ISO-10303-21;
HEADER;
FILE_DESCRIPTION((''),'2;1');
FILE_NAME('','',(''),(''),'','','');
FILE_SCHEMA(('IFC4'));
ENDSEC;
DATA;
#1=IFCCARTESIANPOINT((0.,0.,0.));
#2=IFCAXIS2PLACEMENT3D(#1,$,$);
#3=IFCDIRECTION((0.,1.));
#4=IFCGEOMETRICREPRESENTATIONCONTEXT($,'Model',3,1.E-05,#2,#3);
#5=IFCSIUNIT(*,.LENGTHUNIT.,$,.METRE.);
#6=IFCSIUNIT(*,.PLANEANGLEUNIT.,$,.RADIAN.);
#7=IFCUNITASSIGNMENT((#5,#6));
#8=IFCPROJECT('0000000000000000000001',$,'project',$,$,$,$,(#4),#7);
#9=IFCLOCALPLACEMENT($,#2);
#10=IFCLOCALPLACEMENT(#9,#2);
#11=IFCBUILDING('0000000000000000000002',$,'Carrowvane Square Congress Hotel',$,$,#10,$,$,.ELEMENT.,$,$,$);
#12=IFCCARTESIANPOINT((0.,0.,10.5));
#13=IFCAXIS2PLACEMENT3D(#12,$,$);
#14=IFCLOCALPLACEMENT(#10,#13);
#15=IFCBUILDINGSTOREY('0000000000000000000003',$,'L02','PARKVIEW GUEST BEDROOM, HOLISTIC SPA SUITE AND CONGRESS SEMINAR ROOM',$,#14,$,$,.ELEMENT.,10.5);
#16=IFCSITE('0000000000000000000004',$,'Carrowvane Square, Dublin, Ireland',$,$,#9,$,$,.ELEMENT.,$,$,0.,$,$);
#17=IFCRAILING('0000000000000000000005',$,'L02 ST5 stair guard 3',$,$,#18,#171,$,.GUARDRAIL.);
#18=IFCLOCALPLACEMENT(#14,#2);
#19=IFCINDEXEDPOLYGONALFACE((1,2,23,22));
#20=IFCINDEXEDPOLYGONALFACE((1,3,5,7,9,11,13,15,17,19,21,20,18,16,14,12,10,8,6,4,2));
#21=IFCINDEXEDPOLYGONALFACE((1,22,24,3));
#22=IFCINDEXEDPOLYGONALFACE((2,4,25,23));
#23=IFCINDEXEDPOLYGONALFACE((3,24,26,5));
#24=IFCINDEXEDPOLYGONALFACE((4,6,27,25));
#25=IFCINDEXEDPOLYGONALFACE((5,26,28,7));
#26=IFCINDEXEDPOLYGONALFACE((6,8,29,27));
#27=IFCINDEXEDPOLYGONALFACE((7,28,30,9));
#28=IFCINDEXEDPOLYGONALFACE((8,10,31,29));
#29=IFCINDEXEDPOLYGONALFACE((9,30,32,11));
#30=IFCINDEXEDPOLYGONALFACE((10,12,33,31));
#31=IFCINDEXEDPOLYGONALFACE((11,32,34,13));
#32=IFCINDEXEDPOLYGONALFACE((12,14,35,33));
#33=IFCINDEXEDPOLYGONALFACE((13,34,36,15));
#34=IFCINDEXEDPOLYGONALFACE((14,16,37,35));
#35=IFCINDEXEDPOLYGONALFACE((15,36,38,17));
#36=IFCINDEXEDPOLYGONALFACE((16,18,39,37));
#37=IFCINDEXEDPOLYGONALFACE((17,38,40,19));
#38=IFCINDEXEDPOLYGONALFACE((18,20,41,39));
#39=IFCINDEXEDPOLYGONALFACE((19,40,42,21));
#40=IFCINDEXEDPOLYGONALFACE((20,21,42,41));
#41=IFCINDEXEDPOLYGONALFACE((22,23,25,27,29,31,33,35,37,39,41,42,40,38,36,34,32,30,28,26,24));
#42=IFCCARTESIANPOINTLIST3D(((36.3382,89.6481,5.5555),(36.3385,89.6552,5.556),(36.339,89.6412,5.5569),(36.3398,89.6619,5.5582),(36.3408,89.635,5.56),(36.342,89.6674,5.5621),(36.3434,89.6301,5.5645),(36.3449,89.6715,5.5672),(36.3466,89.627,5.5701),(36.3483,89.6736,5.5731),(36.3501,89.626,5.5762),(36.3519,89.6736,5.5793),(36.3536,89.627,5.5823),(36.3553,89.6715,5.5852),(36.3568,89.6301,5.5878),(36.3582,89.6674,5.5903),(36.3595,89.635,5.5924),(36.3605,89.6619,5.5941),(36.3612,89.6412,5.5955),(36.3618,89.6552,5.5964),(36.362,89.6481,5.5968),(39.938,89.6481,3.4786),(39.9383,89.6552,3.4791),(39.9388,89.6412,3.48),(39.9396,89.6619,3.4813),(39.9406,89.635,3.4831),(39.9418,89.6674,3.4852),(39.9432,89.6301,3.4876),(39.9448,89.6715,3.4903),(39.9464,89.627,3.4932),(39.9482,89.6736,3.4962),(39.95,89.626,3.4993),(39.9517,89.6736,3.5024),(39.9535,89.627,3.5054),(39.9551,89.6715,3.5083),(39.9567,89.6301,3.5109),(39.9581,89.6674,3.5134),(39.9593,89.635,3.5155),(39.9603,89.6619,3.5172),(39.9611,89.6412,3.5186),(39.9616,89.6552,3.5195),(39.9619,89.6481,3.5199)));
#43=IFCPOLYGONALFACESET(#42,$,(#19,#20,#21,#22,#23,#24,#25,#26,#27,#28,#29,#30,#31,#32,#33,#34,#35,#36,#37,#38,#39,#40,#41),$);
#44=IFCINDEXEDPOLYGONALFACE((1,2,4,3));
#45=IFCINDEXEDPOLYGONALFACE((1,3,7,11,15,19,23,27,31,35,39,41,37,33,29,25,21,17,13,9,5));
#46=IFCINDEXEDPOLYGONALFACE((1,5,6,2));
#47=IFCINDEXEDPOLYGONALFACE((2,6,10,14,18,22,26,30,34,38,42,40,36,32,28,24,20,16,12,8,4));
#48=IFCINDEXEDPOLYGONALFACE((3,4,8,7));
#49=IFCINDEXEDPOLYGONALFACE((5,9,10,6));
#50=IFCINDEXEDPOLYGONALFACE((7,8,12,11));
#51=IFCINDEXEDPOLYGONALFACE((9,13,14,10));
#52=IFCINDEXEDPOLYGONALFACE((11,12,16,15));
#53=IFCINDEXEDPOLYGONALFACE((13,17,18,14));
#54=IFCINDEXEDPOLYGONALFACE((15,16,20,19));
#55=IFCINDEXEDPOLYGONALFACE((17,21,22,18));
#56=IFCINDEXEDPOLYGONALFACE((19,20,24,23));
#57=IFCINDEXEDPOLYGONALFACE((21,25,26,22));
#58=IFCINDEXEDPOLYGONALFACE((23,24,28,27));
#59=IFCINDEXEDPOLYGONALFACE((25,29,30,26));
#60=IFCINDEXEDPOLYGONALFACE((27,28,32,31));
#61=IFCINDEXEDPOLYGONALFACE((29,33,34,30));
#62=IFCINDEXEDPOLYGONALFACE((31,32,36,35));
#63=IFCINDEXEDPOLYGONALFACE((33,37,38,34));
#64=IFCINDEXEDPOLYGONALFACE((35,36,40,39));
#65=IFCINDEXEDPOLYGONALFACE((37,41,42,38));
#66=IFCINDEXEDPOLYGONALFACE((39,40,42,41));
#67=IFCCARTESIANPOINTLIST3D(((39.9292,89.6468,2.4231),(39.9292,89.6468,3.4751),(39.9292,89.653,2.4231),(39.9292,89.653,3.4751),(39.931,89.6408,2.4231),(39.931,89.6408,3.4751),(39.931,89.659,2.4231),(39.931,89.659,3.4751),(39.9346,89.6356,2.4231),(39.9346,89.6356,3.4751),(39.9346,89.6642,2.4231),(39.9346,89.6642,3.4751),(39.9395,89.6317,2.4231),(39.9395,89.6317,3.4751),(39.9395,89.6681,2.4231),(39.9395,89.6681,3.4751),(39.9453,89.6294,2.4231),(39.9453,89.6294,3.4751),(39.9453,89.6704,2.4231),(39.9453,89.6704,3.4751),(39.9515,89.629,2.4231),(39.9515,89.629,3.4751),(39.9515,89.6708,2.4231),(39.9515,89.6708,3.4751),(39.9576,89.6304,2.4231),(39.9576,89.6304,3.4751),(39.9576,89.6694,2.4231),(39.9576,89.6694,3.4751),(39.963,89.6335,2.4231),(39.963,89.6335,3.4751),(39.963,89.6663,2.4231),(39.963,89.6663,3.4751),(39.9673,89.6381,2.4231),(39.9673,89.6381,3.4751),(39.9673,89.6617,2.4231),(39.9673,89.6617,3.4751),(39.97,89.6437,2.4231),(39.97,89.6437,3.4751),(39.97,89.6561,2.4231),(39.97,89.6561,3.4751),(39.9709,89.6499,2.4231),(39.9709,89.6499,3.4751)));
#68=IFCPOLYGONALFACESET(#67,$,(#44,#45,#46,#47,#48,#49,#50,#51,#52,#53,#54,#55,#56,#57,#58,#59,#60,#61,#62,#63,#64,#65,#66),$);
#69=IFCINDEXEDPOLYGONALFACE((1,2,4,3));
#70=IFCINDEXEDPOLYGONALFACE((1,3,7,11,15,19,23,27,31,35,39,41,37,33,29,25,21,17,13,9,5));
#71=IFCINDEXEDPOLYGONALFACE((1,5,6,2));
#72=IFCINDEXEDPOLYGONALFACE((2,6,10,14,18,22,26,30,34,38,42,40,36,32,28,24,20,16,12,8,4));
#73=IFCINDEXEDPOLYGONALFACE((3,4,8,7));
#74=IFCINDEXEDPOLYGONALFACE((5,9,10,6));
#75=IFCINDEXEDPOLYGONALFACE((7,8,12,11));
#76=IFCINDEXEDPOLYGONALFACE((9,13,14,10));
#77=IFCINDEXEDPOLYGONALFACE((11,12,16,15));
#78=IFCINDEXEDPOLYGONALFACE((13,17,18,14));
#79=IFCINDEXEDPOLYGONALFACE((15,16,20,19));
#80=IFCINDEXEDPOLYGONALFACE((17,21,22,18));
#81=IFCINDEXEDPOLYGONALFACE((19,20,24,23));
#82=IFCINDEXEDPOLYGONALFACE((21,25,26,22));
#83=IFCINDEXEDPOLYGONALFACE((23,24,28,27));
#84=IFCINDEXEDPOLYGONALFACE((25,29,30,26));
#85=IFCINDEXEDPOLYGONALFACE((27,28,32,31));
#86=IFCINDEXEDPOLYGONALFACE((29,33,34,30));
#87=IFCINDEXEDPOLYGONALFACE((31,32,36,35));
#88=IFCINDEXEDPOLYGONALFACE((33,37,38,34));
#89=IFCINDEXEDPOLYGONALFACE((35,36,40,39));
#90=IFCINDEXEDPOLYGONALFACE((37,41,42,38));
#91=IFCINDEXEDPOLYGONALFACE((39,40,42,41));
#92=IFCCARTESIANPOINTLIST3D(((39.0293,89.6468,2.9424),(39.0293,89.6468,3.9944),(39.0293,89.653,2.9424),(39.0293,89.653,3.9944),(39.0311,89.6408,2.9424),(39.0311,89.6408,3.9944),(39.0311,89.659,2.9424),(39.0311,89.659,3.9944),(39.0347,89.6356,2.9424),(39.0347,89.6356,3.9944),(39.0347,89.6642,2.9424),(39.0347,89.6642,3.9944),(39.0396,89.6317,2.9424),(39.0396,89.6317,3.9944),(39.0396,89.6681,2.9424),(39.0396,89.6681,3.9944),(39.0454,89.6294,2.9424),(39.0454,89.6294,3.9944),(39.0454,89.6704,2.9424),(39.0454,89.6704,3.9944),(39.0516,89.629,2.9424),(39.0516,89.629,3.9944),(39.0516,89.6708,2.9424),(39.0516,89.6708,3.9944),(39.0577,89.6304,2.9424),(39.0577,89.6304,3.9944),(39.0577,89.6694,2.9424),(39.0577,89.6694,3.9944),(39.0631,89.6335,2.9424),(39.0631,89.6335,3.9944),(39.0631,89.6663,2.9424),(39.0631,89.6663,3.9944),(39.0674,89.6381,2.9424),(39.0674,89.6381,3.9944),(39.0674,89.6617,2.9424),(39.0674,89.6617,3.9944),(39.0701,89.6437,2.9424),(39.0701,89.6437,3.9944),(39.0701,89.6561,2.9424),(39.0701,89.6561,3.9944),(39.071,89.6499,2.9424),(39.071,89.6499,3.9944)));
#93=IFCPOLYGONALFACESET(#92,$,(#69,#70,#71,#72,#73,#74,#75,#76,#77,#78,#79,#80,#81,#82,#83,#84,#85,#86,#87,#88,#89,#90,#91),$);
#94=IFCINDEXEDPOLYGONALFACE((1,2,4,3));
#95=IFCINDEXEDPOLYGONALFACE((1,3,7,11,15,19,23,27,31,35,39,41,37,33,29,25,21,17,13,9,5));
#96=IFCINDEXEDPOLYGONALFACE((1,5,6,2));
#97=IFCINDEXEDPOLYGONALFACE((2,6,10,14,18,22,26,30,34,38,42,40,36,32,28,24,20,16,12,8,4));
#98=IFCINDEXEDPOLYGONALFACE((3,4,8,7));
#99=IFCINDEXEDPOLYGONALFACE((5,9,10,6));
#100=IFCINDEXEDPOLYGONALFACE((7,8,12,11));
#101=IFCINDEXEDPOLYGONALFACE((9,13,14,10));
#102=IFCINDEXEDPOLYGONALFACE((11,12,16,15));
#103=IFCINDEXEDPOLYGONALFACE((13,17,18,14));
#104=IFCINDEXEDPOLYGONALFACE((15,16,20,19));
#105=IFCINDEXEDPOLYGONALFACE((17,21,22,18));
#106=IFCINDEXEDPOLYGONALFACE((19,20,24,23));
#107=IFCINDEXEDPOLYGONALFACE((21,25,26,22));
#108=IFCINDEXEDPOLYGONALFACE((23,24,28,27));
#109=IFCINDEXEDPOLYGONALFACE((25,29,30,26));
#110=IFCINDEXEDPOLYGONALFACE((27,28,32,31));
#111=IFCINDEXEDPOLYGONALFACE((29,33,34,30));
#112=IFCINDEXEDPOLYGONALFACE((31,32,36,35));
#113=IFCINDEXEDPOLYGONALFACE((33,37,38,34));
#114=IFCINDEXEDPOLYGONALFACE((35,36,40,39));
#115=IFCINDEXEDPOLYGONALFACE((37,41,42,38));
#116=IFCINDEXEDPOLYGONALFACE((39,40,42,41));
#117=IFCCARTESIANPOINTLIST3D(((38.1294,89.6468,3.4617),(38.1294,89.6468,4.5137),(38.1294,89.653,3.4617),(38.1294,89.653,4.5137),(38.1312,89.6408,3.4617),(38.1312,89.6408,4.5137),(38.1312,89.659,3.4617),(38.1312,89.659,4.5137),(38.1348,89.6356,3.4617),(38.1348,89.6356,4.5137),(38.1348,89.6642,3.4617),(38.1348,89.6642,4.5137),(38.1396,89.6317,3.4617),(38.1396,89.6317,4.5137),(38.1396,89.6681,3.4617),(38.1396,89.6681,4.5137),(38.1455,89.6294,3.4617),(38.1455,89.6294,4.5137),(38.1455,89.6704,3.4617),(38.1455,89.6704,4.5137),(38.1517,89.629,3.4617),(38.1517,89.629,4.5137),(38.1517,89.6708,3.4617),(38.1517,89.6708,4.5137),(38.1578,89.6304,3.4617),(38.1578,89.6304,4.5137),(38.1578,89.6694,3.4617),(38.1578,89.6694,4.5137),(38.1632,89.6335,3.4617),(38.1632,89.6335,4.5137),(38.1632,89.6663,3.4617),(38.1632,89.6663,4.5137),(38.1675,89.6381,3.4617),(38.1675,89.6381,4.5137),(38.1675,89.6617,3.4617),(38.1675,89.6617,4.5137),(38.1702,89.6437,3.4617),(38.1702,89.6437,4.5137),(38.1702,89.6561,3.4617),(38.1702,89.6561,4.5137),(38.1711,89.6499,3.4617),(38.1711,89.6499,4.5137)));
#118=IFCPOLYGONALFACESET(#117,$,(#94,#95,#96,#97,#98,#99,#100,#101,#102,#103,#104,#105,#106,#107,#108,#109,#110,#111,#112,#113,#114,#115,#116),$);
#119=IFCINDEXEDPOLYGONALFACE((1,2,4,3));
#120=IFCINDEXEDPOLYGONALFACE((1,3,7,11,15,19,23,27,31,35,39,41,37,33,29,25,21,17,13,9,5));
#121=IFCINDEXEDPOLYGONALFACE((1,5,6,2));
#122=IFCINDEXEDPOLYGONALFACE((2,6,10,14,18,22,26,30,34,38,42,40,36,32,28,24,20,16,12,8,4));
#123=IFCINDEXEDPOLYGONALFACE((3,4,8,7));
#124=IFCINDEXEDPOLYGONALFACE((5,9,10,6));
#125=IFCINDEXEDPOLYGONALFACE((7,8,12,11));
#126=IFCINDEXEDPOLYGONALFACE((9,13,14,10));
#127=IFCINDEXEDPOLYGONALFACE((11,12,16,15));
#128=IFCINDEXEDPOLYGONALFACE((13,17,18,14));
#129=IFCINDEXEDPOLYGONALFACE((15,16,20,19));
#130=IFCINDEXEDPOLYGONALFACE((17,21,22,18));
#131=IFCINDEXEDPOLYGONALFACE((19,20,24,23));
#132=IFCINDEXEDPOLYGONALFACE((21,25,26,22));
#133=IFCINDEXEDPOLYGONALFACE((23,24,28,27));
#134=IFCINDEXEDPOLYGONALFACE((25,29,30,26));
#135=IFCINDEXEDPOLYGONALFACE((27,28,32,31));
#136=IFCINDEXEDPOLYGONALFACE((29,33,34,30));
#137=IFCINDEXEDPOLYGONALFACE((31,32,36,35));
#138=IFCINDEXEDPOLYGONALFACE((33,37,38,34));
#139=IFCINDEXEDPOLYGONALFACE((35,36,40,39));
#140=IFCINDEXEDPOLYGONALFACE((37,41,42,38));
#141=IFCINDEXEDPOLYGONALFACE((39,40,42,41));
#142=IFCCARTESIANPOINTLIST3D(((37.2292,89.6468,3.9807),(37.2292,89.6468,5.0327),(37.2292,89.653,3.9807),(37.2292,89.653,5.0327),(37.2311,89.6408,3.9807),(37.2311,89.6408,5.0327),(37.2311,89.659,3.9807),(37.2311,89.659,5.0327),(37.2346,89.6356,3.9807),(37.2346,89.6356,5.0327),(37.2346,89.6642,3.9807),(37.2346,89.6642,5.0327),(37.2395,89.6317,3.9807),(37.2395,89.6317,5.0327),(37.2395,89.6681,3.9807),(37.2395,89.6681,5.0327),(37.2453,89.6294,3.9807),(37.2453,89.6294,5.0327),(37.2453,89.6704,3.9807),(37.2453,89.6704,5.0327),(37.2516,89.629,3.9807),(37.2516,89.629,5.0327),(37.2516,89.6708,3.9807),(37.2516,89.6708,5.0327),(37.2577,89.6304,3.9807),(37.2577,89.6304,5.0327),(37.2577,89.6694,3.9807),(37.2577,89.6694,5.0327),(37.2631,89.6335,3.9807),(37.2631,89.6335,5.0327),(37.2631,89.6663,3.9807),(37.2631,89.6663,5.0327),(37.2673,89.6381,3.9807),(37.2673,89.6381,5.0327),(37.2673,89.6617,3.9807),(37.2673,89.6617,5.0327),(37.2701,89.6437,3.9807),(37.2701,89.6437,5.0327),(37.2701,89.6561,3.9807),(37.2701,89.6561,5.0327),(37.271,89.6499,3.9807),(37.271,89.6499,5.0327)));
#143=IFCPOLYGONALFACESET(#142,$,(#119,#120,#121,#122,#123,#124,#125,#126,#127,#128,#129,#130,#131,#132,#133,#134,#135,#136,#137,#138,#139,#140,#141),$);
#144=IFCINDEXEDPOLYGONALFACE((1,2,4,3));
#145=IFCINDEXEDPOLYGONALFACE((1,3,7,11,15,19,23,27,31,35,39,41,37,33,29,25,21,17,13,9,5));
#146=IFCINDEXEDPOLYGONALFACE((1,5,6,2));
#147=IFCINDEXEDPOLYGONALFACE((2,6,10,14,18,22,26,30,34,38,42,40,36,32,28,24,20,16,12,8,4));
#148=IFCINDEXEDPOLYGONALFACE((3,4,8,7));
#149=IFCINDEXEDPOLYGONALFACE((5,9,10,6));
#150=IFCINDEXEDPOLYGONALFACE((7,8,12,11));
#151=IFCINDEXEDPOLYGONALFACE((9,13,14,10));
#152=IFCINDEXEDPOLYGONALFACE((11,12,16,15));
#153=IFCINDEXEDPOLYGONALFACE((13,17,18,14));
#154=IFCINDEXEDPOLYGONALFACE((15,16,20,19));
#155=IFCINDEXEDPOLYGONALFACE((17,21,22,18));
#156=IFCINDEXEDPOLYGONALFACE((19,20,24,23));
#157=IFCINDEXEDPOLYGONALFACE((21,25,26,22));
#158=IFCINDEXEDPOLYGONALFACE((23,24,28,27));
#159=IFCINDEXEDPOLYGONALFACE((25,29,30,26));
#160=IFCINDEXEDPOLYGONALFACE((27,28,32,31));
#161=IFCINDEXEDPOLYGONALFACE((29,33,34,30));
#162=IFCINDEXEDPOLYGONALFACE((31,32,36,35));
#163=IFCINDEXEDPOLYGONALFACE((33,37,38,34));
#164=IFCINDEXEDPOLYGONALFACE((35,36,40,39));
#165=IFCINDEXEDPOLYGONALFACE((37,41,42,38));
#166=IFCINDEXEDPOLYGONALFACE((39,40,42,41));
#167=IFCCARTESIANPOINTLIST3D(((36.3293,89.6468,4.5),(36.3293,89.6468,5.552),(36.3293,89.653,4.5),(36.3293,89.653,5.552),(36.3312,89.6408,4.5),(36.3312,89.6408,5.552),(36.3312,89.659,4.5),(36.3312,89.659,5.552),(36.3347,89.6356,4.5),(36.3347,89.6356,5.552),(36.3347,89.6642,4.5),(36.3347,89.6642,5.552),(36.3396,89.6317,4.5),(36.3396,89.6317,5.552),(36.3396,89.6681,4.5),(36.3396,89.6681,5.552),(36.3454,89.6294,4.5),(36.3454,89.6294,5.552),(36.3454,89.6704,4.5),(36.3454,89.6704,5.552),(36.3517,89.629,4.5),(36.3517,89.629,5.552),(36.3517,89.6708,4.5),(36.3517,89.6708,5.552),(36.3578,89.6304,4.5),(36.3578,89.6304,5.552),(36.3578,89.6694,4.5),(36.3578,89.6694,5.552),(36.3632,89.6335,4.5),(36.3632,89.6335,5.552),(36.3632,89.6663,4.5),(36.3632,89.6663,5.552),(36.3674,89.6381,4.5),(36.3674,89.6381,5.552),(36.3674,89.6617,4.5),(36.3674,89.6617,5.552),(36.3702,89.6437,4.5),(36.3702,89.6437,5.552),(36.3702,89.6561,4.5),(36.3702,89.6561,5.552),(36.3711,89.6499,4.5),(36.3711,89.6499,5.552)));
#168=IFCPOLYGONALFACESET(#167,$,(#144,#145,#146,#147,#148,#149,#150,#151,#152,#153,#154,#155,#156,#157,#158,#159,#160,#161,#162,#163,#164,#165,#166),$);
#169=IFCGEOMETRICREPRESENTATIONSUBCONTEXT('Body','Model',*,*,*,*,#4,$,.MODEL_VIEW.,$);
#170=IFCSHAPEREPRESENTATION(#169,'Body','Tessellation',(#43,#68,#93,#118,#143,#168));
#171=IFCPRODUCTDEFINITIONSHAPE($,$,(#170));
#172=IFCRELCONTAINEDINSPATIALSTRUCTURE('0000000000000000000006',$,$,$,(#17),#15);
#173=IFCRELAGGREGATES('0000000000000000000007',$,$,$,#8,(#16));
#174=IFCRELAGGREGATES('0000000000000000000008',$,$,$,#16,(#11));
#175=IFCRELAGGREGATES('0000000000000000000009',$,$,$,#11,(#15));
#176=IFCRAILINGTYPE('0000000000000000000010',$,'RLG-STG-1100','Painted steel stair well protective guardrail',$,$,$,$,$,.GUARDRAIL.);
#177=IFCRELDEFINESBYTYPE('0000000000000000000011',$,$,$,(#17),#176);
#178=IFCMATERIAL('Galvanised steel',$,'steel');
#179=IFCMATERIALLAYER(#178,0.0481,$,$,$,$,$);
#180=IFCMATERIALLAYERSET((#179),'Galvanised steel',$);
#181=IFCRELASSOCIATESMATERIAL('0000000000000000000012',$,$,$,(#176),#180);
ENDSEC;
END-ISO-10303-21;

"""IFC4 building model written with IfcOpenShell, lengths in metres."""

from ifc_helpers import new_model, si_unit, direction, frame, origin, origin_2d, place, context, subcontext, project, spatial, circle, extrude, material, layer, layer_set, type_object, element, save


model = new_model("IFC4")

# Units and contexts
model_context = context("Model", 3, precision=1e-05, world=origin(), true_north=direction((0.0, 1.0)))
body_context = subcontext(model_context, "Body", "Model", "MODEL_VIEW")
ifc_project = project(units=[si_unit("LENGTHUNIT", "METRE"), si_unit("PLANEANGLEUNIT", "RADIAN")], contexts=[model_context])

# Site, building, storey
site_placement = place(None, origin())
site = spatial("IfcSite", under=ifc_project, at=site_placement, Name="Carrowvane Square, Dublin, Ireland", CompositionType="ELEMENT", RefElevation=0.0)
building_placement = place(site_placement, origin())
building = spatial("IfcBuilding", under=site, at=building_placement, Name="Carrowvane Square Congress Hotel", CompositionType="ELEMENT")
storey_placement = place(building_placement, frame((0.0, 0.0, 10.5)))
storey = spatial("IfcBuildingStorey", under=building, at=storey_placement, Name="L02", Description="PARKVIEW GUEST BEDROOM, HOLISTIC SPA SUITE AND CONGRESS SEMINAR ROOM", CompositionType="ELEMENT", Elevation=10.5)

# Railing
ifc_material_1 = material(Name="Galvanised steel", Category="steel")
ifc_layer_1 = layer(ifc_material_1, 0.0481)
ifc_layer_set_1 = layer_set([ifc_layer_1], Name="Galvanised steel")
railing_type_1 = type_object("IfcRailingType", Name="RLG-STG-1100", Description="Painted steel stair well protective guardrail", PredefinedType="GUARDRAIL", material=ifc_layer_set_1)
railing_1_placement = place(storey_placement, frame((39.95, 89.6499, 2.4231)))
element("IfcRailing", 1, at=railing_1_placement, inside=storey, type_object=railing_type_1, Name="L02 ST5 stair guard 3", PredefinedType="GUARDRAIL", context=body_context, shape_type="SweptSolid", body=[
    extrude(circle(Radius=0.0239, at=origin_2d()), frame((0.0, 0.0, 1.0762), z_axis=(-0.866179, 0.0, 0.499734), x_axis=(0.0, -1.0, 0.0)), (0.0, 0.0, 1.0), 4.156),
    extrude(circle(Radius=0.021, at=origin_2d()), origin(), (0.0, 0.0, 1.0), 1.052),
    extrude(circle(Radius=0.021, at=origin_2d()), frame((-0.8999, 0.0, 0.5193)), (0.0, 0.0, 1.0), 1.052),
    extrude(circle(Radius=0.021, at=origin_2d()), frame((-1.7998, 0.0, 1.0386)), (0.0, 0.0, 1.0), 1.052),
    extrude(circle(Radius=0.021, at=origin_2d()), frame((-2.7, 0.0, 1.5576)), (0.0, 0.0, 1.0), 1.052),
    extrude(circle(Radius=0.021, at=origin_2d()), frame((-3.5999, 0.0, 2.0769)), (0.0, 0.0, 1.0), 1.052),
])

save(model, "model.ifc")
